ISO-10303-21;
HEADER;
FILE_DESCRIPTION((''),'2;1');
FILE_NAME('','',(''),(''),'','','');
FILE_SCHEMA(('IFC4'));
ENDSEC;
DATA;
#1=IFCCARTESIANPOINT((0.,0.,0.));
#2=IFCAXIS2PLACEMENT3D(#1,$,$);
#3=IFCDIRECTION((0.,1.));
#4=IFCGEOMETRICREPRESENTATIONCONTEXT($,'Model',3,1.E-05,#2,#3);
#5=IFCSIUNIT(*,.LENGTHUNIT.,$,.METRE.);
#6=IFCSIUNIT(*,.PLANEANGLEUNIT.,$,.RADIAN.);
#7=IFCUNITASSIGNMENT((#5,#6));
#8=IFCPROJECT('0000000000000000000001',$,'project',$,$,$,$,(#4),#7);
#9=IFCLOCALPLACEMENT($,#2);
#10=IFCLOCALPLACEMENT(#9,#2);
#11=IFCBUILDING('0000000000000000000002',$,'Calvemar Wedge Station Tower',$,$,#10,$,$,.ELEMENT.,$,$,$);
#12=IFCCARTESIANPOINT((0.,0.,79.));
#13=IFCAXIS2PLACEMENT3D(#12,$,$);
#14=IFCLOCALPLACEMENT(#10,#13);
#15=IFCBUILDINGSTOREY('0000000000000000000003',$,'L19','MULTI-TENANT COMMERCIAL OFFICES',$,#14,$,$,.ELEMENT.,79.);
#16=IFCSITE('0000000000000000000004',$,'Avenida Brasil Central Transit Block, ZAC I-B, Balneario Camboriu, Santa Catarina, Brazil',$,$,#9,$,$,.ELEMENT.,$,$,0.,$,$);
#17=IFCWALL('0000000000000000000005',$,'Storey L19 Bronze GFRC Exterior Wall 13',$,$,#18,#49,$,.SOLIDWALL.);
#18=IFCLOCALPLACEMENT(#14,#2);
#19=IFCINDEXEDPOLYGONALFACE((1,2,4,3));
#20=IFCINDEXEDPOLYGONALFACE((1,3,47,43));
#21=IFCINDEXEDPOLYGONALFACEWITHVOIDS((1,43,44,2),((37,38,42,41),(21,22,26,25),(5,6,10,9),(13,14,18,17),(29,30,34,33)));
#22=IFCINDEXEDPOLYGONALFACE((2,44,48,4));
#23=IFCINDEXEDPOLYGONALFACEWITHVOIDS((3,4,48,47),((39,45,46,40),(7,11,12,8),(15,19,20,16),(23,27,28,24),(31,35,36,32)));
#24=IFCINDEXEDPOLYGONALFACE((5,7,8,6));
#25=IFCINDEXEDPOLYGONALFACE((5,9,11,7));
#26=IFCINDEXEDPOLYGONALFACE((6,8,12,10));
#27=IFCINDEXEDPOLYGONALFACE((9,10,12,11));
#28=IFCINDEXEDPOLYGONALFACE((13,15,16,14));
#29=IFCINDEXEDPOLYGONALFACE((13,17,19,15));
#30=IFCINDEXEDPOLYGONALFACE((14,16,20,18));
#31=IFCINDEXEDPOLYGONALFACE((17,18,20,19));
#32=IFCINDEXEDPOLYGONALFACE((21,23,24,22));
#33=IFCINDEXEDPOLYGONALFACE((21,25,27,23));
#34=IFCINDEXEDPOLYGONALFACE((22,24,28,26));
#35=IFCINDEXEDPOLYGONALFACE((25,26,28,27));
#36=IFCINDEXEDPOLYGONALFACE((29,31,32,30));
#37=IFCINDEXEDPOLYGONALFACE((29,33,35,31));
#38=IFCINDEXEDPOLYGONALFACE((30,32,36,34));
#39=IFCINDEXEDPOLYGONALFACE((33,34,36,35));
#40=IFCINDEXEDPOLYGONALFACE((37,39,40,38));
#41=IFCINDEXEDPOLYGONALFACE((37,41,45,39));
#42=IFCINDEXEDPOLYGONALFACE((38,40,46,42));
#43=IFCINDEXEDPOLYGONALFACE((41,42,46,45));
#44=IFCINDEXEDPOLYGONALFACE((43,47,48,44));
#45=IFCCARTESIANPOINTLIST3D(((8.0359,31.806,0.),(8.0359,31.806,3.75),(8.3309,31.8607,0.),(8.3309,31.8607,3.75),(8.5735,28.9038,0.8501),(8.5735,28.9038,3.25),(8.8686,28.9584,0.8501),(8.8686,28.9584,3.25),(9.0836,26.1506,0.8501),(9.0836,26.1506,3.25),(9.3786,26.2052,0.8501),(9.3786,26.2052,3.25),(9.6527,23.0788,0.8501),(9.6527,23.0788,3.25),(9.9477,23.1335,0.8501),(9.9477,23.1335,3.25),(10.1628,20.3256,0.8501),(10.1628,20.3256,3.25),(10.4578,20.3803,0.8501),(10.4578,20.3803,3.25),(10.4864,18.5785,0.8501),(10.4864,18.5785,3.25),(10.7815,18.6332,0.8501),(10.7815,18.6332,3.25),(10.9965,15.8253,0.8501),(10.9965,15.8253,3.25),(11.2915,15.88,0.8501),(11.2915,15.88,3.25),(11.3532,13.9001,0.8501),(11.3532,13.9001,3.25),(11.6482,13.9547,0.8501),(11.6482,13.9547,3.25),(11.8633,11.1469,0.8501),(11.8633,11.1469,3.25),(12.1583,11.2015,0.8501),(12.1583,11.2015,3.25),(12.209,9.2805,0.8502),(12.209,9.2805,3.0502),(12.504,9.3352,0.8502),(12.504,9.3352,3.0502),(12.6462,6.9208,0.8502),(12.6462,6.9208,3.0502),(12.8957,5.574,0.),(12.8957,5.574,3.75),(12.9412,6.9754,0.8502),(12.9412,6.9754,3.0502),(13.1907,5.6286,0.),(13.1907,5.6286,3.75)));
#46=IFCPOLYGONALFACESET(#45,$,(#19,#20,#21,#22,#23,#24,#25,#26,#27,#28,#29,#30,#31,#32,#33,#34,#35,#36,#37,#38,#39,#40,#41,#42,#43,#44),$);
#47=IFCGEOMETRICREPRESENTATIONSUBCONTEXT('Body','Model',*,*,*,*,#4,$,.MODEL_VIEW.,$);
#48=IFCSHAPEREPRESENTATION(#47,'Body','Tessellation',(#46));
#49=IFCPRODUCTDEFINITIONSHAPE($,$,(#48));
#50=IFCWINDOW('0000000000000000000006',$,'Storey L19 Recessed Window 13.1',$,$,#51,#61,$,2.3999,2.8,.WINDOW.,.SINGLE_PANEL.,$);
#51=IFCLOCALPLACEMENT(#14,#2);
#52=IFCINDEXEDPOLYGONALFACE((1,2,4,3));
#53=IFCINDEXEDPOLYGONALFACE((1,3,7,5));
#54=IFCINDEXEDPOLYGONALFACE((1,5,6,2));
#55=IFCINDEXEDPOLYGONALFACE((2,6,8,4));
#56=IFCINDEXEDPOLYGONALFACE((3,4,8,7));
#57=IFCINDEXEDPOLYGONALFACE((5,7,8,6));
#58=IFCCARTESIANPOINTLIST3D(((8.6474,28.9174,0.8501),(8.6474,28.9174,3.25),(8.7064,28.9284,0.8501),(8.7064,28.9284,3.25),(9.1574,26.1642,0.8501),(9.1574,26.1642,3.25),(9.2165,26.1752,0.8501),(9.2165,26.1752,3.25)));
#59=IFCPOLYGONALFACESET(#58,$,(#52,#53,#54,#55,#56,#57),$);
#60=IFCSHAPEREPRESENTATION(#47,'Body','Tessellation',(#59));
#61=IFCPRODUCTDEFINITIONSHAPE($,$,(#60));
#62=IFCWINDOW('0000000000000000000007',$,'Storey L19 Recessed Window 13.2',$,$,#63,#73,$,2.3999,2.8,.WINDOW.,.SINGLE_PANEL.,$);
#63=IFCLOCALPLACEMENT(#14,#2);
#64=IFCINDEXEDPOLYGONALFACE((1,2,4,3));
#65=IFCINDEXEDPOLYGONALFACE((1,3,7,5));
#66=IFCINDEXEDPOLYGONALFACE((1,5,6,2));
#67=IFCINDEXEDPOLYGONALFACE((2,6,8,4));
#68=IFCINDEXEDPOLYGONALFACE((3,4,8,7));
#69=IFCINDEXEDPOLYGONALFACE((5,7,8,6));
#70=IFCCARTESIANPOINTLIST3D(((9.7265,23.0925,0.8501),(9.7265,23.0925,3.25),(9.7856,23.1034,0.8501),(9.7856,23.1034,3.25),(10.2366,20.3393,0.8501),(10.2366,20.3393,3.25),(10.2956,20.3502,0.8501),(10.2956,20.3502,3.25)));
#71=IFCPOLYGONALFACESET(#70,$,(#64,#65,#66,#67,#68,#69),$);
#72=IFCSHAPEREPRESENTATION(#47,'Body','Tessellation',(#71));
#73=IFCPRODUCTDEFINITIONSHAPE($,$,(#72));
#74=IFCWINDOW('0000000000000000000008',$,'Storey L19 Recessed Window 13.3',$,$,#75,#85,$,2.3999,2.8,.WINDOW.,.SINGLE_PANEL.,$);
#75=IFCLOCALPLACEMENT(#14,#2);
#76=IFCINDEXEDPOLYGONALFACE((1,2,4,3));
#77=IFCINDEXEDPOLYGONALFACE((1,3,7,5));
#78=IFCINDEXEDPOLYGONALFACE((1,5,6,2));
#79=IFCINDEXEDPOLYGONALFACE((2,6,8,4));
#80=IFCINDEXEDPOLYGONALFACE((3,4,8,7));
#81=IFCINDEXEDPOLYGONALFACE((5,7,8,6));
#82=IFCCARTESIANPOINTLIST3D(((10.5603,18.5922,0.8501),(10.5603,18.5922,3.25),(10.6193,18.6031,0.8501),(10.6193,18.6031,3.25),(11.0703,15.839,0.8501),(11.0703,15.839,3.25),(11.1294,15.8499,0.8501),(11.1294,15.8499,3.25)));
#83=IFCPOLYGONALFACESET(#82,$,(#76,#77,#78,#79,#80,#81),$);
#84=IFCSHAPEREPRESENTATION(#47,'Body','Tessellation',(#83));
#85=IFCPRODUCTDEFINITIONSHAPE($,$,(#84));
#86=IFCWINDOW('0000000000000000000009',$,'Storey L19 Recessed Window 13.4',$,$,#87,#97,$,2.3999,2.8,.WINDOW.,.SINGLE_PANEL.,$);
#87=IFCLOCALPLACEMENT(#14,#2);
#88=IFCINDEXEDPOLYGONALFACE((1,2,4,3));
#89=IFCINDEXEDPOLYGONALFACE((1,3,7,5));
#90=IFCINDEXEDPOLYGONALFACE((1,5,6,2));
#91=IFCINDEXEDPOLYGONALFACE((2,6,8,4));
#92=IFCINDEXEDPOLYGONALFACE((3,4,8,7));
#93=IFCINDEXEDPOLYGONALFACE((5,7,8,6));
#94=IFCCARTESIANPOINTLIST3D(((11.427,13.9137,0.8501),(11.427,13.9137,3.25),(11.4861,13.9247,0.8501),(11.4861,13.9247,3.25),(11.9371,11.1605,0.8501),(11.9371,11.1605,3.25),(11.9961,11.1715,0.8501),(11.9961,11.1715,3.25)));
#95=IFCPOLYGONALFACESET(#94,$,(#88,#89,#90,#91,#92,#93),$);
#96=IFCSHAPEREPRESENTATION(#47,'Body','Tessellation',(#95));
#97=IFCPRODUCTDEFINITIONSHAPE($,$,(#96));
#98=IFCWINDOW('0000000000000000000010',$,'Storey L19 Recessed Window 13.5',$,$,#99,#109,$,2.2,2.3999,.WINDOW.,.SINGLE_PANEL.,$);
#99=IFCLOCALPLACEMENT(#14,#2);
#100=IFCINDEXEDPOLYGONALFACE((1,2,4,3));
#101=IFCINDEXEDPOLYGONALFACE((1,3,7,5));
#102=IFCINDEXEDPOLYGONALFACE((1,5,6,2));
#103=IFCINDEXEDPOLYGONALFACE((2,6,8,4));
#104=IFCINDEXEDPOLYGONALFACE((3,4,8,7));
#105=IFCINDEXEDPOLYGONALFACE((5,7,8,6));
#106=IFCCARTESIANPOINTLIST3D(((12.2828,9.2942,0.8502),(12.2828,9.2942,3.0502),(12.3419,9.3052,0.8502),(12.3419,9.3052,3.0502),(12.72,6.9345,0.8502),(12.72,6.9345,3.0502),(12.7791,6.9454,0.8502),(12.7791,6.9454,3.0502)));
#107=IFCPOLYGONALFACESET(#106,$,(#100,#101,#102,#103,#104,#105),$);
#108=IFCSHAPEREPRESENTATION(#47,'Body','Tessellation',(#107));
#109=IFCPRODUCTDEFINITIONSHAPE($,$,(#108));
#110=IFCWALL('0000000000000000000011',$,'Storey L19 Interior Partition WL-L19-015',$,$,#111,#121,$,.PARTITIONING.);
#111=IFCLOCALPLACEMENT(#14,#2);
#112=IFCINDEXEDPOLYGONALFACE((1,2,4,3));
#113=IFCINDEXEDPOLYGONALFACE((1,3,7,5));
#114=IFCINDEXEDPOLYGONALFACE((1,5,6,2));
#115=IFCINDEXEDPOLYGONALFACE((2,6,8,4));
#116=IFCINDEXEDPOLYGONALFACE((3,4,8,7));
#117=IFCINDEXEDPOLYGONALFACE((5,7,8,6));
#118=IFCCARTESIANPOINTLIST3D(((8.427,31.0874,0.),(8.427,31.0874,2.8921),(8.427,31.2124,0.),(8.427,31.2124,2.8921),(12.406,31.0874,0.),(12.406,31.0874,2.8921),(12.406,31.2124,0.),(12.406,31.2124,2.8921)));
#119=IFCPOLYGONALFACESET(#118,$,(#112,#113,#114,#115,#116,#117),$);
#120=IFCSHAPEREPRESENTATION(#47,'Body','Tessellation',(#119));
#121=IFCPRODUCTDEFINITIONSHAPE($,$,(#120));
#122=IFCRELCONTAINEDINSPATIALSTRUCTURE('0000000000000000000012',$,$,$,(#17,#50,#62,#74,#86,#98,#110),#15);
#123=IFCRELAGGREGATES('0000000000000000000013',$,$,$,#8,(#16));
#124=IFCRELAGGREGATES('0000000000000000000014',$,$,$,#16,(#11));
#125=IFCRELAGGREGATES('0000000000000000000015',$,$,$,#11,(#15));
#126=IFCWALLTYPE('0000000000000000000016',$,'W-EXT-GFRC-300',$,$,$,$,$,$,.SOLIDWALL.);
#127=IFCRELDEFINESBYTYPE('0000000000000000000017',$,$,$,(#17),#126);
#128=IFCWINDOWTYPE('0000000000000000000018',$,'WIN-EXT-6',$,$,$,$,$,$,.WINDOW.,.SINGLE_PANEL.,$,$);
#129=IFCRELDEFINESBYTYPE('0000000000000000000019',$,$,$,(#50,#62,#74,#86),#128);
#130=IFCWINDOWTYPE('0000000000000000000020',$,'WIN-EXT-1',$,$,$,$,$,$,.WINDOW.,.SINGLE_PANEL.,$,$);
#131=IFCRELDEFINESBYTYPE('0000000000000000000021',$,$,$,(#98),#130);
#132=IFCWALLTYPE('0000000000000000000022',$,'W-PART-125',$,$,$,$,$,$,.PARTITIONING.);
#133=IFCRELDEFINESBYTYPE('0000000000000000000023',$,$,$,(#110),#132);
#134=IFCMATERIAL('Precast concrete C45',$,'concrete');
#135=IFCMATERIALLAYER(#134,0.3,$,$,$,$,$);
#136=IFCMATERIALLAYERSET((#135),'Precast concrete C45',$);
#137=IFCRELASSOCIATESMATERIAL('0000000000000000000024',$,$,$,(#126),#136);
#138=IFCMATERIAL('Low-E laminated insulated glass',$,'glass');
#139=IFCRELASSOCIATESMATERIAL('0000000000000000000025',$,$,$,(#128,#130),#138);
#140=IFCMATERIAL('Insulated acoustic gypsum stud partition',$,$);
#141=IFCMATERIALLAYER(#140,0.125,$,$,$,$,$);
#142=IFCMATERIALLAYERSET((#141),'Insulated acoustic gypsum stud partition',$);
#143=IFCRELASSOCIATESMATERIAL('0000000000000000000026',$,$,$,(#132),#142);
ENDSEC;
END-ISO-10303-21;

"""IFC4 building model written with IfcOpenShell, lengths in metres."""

from ifc_helpers import new_model, si_unit, direction, frame, frame_2d, origin, place, context, subcontext, project, spatial, rectangle, extrude, source, transform, mapped, material, layer, layer_set, type_object, element, fill, save


model = new_model("IFC4")

# Units and contexts
model_context = context("Model", 3, precision=1e-05, world=origin(), true_north=direction((0.0, 1.0)))
body_context = subcontext(model_context, "Body", "Model", "MODEL_VIEW")
ifc_project = project(units=[si_unit("LENGTHUNIT", "METRE"), si_unit("PLANEANGLEUNIT", "RADIAN")], contexts=[model_context])

# Site, building, storey
site_placement = place(None, origin())
site = spatial("IfcSite", under=ifc_project, at=site_placement, Name="Avenida Brasil Central Transit Block, ZAC I-B, Balneario Camboriu, Santa Catarina, Brazil", CompositionType="ELEMENT", RefElevation=0.0)
building_placement = place(site_placement, origin())
building = spatial("IfcBuilding", under=site, at=building_placement, Name="Calvemar Wedge Station Tower", CompositionType="ELEMENT")
storey_placement = place(building_placement, frame((0.0, 0.0, 79.0)))
storey = spatial("IfcBuildingStorey", under=building, at=storey_placement, Name="L19", Description="MULTI-TENANT COMMERCIAL OFFICES", CompositionType="ELEMENT", Elevation=79.0)

# Wall, openings, windows
ifc_material_1 = material(Name="Precast concrete C45", Category="concrete")
ifc_layer_1 = layer(ifc_material_1, 0.3)
ifc_layer_set_1 = layer_set([ifc_layer_1], Name="Precast concrete C45")
wall_type_1 = type_object("IfcWallType", Name="W-EXT-GFRC-300", PredefinedType="SOLIDWALL", material=ifc_layer_set_1)
wall_1_placement = place(storey_placement, frame((8.1833, 31.8335, 0.0), z_axis=(0.0, 0.0, 1.0), x_axis=(0.182164, -0.983268, 0.0)))
wall_1 = element("IfcWall", 1, at=wall_1_placement, inside=storey, type_object=wall_type_1, Name="Storey L19 Bronze GFRC Exterior Wall 13", PredefinedType="SOLIDWALL", context=body_context, shape_type="SweptSolid", body=[
    extrude(rectangle(XDim=26.6785, YDim=0.3, at=frame_2d((13.3394, 0.0))), origin(), (0.0, 0.0, 1.0), 3.75),
])
shared_shape_1 = source(origin(), body_context, "Body", "SweptSolid", [
    extrude(rectangle(XDim=2.8, YDim=2.3999, at=frame_2d((1.3999, 1.2))), frame((0.0, 0.1602, 0.0), z_axis=(0.0, -1.0, 0.0), x_axis=(1.0, 0.0, 0.0)), (0.0, 0.0, 1.0), 0.3201),
])
opening_1_placement = place(wall_1_placement, frame((2.9519, 0.0, 0.8501)))
opening_1 = element("IfcOpeningElement", 2, at=opening_1_placement, cuts=wall_1, PredefinedType="OPENING", context=body_context, shape_type="MappedRepresentation", body=[
    mapped(shared_shape_1, transform((0.0, 0.0, 0.0), scale=1.0)),
])
opening_2_placement = place(wall_1_placement, frame((8.876, 0.0, 0.8501)))
opening_2 = element("IfcOpeningElement", 3, at=opening_2_placement, cuts=wall_1, PredefinedType="OPENING", context=body_context, shape_type="MappedRepresentation", body=[
    mapped(shared_shape_1, transform((0.0, 0.0, 0.0), scale=1.0)),
])
opening_3_placement = place(wall_1_placement, frame((13.4529, 0.0, 0.8501)))
opening_3 = element("IfcOpeningElement", 4, at=opening_3_placement, cuts=wall_1, PredefinedType="OPENING", context=body_context, shape_type="MappedRepresentation", body=[
    mapped(shared_shape_1, transform((0.0, 0.0, 0.0), scale=1.0)),
])
opening_4_placement = place(wall_1_placement, frame((18.2109, 0.0, 0.8501)))
opening_4 = element("IfcOpeningElement", 5, at=opening_4_placement, cuts=wall_1, PredefinedType="OPENING", context=body_context, shape_type="MappedRepresentation", body=[
    mapped(shared_shape_1, transform((0.0, 0.0, 0.0), scale=1.0)),
])
shared_shape_2 = source(origin(), body_context, "Body", "SweptSolid", [
    extrude(rectangle(XDim=2.3999, YDim=2.2, at=frame_2d((1.2, 1.1001))), frame((0.0, 0.1602, 0.0), z_axis=(0.0, -1.0, 0.0), x_axis=(1.0, 0.0, 0.0)), (0.0, 0.0, 1.0), 0.3201),
])
opening_5_placement = place(wall_1_placement, frame((22.9089, 0.0, 0.8501)))
opening_5 = element("IfcOpeningElement", 6, at=opening_5_placement, cuts=wall_1, PredefinedType="OPENING", context=body_context, shape_type="MappedRepresentation", body=[
    mapped(shared_shape_2, transform((0.0, 0.0, 0.0), scale=1.0)),
])
ifc_material_2 = material(Name="Low-E laminated insulated glass", Category="glass")
window_type_1 = type_object("IfcWindowType", Name="WIN-EXT-6", PartitioningType="SINGLE_PANEL", PredefinedType="WINDOW", material=ifc_material_2)
shared_shape_3 = source(origin(), body_context, "Body", "SweptSolid", [
    extrude(rectangle(XDim=2.8, YDim=2.3999, at=frame_2d((1.3999, 1.2))), frame((0.0, -0.0149, 0.0), z_axis=(0.0, -1.0, 0.0), x_axis=(1.0, 0.0, 0.0)), (0.0, 0.0, 1.0), 0.0601),
])
window_1_placement = place(opening_1_placement, origin())
window_1 = element("IfcWindow", 7, at=window_1_placement, inside=storey, type_object=window_type_1, Name="Storey L19 Recessed Window 13.1", OverallHeight=2.3999, OverallWidth=2.8, PartitioningType="SINGLE_PANEL", PredefinedType="WINDOW", context=body_context, shape_type="MappedRepresentation", body=[
    mapped(shared_shape_3, transform((0.0, 0.0, 0.0), scale=1.0)),
])
fill(opening_1, window_1)
window_2_placement = place(opening_2_placement, origin())
window_2 = element("IfcWindow", 8, at=window_2_placement, inside=storey, type_object=window_type_1, Name="Storey L19 Recessed Window 13.2", OverallHeight=2.3999, OverallWidth=2.8, PartitioningType="SINGLE_PANEL", PredefinedType="WINDOW", context=body_context, shape_type="MappedRepresentation", body=[
    mapped(shared_shape_3, transform((0.0, 0.0, 0.0), scale=1.0)),
])
fill(opening_2, window_2)
window_3_placement = place(opening_3_placement, origin())
window_3 = element("IfcWindow", 9, at=window_3_placement, inside=storey, type_object=window_type_1, Name="Storey L19 Recessed Window 13.3", OverallHeight=2.3999, OverallWidth=2.8, PartitioningType="SINGLE_PANEL", PredefinedType="WINDOW", context=body_context, shape_type="MappedRepresentation", body=[
    mapped(shared_shape_3, transform((0.0, 0.0, 0.0), scale=1.0)),
])
fill(opening_3, window_3)
window_4_placement = place(opening_4_placement, origin())
window_4 = element("IfcWindow", 10, at=window_4_placement, inside=storey, type_object=window_type_1, Name="Storey L19 Recessed Window 13.4", OverallHeight=2.3999, OverallWidth=2.8, PartitioningType="SINGLE_PANEL", PredefinedType="WINDOW", context=body_context, shape_type="MappedRepresentation", body=[
    mapped(shared_shape_3, transform((0.0, 0.0, 0.0), scale=1.0)),
])
fill(opening_4, window_4)
window_type_2 = type_object("IfcWindowType", Name="WIN-EXT-1", PartitioningType="SINGLE_PANEL", PredefinedType="WINDOW", material=ifc_material_2)
shared_shape_4 = source(origin(), body_context, "Body", "SweptSolid", [
    extrude(rectangle(XDim=2.3999, YDim=2.2, at=frame_2d((1.2, 1.1001))), frame((0.0, -0.0149, 0.0), z_axis=(0.0, -1.0, 0.0), x_axis=(1.0, 0.0, 0.0)), (0.0, 0.0, 1.0), 0.0601),
])
window_5_placement = place(opening_5_placement, origin())
window_5 = element("IfcWindow", 11, at=window_5_placement, inside=storey, type_object=window_type_2, Name="Storey L19 Recessed Window 13.5", OverallHeight=2.2, OverallWidth=2.3999, PartitioningType="SINGLE_PANEL", PredefinedType="WINDOW", context=body_context, shape_type="MappedRepresentation", body=[
    mapped(shared_shape_4, transform((0.0, 0.0, 0.0), scale=1.0)),
])
fill(opening_5, window_5)

# Wall
ifc_material_3 = material(Name="Insulated acoustic gypsum stud partition")
ifc_layer_2 = layer(ifc_material_3, 0.125)
ifc_layer_set_2 = layer_set([ifc_layer_2], Name="Insulated acoustic gypsum stud partition")
wall_type_2 = type_object("IfcWallType", Name="W-PART-125", PredefinedType="PARTITIONING", material=ifc_layer_set_2)
wall_2_placement = place(storey_placement, frame((12.406, 31.1499, 0.0), z_axis=(0.0, 0.0, 1.0), x_axis=(-1.0, 0.0, 0.0)))
element("IfcWall", 12, at=wall_2_placement, inside=storey, type_object=wall_type_2, Name="Storey L19 Interior Partition WL-L19-015", PredefinedType="PARTITIONING", context=body_context, shape_type="SweptSolid", body=[
    extrude(rectangle(XDim=3.979, YDim=0.125, at=frame_2d((1.9895, 0.0))), origin(), (0.0, 0.0, 1.0), 2.8921),
])

save(model, "model.ifc")
